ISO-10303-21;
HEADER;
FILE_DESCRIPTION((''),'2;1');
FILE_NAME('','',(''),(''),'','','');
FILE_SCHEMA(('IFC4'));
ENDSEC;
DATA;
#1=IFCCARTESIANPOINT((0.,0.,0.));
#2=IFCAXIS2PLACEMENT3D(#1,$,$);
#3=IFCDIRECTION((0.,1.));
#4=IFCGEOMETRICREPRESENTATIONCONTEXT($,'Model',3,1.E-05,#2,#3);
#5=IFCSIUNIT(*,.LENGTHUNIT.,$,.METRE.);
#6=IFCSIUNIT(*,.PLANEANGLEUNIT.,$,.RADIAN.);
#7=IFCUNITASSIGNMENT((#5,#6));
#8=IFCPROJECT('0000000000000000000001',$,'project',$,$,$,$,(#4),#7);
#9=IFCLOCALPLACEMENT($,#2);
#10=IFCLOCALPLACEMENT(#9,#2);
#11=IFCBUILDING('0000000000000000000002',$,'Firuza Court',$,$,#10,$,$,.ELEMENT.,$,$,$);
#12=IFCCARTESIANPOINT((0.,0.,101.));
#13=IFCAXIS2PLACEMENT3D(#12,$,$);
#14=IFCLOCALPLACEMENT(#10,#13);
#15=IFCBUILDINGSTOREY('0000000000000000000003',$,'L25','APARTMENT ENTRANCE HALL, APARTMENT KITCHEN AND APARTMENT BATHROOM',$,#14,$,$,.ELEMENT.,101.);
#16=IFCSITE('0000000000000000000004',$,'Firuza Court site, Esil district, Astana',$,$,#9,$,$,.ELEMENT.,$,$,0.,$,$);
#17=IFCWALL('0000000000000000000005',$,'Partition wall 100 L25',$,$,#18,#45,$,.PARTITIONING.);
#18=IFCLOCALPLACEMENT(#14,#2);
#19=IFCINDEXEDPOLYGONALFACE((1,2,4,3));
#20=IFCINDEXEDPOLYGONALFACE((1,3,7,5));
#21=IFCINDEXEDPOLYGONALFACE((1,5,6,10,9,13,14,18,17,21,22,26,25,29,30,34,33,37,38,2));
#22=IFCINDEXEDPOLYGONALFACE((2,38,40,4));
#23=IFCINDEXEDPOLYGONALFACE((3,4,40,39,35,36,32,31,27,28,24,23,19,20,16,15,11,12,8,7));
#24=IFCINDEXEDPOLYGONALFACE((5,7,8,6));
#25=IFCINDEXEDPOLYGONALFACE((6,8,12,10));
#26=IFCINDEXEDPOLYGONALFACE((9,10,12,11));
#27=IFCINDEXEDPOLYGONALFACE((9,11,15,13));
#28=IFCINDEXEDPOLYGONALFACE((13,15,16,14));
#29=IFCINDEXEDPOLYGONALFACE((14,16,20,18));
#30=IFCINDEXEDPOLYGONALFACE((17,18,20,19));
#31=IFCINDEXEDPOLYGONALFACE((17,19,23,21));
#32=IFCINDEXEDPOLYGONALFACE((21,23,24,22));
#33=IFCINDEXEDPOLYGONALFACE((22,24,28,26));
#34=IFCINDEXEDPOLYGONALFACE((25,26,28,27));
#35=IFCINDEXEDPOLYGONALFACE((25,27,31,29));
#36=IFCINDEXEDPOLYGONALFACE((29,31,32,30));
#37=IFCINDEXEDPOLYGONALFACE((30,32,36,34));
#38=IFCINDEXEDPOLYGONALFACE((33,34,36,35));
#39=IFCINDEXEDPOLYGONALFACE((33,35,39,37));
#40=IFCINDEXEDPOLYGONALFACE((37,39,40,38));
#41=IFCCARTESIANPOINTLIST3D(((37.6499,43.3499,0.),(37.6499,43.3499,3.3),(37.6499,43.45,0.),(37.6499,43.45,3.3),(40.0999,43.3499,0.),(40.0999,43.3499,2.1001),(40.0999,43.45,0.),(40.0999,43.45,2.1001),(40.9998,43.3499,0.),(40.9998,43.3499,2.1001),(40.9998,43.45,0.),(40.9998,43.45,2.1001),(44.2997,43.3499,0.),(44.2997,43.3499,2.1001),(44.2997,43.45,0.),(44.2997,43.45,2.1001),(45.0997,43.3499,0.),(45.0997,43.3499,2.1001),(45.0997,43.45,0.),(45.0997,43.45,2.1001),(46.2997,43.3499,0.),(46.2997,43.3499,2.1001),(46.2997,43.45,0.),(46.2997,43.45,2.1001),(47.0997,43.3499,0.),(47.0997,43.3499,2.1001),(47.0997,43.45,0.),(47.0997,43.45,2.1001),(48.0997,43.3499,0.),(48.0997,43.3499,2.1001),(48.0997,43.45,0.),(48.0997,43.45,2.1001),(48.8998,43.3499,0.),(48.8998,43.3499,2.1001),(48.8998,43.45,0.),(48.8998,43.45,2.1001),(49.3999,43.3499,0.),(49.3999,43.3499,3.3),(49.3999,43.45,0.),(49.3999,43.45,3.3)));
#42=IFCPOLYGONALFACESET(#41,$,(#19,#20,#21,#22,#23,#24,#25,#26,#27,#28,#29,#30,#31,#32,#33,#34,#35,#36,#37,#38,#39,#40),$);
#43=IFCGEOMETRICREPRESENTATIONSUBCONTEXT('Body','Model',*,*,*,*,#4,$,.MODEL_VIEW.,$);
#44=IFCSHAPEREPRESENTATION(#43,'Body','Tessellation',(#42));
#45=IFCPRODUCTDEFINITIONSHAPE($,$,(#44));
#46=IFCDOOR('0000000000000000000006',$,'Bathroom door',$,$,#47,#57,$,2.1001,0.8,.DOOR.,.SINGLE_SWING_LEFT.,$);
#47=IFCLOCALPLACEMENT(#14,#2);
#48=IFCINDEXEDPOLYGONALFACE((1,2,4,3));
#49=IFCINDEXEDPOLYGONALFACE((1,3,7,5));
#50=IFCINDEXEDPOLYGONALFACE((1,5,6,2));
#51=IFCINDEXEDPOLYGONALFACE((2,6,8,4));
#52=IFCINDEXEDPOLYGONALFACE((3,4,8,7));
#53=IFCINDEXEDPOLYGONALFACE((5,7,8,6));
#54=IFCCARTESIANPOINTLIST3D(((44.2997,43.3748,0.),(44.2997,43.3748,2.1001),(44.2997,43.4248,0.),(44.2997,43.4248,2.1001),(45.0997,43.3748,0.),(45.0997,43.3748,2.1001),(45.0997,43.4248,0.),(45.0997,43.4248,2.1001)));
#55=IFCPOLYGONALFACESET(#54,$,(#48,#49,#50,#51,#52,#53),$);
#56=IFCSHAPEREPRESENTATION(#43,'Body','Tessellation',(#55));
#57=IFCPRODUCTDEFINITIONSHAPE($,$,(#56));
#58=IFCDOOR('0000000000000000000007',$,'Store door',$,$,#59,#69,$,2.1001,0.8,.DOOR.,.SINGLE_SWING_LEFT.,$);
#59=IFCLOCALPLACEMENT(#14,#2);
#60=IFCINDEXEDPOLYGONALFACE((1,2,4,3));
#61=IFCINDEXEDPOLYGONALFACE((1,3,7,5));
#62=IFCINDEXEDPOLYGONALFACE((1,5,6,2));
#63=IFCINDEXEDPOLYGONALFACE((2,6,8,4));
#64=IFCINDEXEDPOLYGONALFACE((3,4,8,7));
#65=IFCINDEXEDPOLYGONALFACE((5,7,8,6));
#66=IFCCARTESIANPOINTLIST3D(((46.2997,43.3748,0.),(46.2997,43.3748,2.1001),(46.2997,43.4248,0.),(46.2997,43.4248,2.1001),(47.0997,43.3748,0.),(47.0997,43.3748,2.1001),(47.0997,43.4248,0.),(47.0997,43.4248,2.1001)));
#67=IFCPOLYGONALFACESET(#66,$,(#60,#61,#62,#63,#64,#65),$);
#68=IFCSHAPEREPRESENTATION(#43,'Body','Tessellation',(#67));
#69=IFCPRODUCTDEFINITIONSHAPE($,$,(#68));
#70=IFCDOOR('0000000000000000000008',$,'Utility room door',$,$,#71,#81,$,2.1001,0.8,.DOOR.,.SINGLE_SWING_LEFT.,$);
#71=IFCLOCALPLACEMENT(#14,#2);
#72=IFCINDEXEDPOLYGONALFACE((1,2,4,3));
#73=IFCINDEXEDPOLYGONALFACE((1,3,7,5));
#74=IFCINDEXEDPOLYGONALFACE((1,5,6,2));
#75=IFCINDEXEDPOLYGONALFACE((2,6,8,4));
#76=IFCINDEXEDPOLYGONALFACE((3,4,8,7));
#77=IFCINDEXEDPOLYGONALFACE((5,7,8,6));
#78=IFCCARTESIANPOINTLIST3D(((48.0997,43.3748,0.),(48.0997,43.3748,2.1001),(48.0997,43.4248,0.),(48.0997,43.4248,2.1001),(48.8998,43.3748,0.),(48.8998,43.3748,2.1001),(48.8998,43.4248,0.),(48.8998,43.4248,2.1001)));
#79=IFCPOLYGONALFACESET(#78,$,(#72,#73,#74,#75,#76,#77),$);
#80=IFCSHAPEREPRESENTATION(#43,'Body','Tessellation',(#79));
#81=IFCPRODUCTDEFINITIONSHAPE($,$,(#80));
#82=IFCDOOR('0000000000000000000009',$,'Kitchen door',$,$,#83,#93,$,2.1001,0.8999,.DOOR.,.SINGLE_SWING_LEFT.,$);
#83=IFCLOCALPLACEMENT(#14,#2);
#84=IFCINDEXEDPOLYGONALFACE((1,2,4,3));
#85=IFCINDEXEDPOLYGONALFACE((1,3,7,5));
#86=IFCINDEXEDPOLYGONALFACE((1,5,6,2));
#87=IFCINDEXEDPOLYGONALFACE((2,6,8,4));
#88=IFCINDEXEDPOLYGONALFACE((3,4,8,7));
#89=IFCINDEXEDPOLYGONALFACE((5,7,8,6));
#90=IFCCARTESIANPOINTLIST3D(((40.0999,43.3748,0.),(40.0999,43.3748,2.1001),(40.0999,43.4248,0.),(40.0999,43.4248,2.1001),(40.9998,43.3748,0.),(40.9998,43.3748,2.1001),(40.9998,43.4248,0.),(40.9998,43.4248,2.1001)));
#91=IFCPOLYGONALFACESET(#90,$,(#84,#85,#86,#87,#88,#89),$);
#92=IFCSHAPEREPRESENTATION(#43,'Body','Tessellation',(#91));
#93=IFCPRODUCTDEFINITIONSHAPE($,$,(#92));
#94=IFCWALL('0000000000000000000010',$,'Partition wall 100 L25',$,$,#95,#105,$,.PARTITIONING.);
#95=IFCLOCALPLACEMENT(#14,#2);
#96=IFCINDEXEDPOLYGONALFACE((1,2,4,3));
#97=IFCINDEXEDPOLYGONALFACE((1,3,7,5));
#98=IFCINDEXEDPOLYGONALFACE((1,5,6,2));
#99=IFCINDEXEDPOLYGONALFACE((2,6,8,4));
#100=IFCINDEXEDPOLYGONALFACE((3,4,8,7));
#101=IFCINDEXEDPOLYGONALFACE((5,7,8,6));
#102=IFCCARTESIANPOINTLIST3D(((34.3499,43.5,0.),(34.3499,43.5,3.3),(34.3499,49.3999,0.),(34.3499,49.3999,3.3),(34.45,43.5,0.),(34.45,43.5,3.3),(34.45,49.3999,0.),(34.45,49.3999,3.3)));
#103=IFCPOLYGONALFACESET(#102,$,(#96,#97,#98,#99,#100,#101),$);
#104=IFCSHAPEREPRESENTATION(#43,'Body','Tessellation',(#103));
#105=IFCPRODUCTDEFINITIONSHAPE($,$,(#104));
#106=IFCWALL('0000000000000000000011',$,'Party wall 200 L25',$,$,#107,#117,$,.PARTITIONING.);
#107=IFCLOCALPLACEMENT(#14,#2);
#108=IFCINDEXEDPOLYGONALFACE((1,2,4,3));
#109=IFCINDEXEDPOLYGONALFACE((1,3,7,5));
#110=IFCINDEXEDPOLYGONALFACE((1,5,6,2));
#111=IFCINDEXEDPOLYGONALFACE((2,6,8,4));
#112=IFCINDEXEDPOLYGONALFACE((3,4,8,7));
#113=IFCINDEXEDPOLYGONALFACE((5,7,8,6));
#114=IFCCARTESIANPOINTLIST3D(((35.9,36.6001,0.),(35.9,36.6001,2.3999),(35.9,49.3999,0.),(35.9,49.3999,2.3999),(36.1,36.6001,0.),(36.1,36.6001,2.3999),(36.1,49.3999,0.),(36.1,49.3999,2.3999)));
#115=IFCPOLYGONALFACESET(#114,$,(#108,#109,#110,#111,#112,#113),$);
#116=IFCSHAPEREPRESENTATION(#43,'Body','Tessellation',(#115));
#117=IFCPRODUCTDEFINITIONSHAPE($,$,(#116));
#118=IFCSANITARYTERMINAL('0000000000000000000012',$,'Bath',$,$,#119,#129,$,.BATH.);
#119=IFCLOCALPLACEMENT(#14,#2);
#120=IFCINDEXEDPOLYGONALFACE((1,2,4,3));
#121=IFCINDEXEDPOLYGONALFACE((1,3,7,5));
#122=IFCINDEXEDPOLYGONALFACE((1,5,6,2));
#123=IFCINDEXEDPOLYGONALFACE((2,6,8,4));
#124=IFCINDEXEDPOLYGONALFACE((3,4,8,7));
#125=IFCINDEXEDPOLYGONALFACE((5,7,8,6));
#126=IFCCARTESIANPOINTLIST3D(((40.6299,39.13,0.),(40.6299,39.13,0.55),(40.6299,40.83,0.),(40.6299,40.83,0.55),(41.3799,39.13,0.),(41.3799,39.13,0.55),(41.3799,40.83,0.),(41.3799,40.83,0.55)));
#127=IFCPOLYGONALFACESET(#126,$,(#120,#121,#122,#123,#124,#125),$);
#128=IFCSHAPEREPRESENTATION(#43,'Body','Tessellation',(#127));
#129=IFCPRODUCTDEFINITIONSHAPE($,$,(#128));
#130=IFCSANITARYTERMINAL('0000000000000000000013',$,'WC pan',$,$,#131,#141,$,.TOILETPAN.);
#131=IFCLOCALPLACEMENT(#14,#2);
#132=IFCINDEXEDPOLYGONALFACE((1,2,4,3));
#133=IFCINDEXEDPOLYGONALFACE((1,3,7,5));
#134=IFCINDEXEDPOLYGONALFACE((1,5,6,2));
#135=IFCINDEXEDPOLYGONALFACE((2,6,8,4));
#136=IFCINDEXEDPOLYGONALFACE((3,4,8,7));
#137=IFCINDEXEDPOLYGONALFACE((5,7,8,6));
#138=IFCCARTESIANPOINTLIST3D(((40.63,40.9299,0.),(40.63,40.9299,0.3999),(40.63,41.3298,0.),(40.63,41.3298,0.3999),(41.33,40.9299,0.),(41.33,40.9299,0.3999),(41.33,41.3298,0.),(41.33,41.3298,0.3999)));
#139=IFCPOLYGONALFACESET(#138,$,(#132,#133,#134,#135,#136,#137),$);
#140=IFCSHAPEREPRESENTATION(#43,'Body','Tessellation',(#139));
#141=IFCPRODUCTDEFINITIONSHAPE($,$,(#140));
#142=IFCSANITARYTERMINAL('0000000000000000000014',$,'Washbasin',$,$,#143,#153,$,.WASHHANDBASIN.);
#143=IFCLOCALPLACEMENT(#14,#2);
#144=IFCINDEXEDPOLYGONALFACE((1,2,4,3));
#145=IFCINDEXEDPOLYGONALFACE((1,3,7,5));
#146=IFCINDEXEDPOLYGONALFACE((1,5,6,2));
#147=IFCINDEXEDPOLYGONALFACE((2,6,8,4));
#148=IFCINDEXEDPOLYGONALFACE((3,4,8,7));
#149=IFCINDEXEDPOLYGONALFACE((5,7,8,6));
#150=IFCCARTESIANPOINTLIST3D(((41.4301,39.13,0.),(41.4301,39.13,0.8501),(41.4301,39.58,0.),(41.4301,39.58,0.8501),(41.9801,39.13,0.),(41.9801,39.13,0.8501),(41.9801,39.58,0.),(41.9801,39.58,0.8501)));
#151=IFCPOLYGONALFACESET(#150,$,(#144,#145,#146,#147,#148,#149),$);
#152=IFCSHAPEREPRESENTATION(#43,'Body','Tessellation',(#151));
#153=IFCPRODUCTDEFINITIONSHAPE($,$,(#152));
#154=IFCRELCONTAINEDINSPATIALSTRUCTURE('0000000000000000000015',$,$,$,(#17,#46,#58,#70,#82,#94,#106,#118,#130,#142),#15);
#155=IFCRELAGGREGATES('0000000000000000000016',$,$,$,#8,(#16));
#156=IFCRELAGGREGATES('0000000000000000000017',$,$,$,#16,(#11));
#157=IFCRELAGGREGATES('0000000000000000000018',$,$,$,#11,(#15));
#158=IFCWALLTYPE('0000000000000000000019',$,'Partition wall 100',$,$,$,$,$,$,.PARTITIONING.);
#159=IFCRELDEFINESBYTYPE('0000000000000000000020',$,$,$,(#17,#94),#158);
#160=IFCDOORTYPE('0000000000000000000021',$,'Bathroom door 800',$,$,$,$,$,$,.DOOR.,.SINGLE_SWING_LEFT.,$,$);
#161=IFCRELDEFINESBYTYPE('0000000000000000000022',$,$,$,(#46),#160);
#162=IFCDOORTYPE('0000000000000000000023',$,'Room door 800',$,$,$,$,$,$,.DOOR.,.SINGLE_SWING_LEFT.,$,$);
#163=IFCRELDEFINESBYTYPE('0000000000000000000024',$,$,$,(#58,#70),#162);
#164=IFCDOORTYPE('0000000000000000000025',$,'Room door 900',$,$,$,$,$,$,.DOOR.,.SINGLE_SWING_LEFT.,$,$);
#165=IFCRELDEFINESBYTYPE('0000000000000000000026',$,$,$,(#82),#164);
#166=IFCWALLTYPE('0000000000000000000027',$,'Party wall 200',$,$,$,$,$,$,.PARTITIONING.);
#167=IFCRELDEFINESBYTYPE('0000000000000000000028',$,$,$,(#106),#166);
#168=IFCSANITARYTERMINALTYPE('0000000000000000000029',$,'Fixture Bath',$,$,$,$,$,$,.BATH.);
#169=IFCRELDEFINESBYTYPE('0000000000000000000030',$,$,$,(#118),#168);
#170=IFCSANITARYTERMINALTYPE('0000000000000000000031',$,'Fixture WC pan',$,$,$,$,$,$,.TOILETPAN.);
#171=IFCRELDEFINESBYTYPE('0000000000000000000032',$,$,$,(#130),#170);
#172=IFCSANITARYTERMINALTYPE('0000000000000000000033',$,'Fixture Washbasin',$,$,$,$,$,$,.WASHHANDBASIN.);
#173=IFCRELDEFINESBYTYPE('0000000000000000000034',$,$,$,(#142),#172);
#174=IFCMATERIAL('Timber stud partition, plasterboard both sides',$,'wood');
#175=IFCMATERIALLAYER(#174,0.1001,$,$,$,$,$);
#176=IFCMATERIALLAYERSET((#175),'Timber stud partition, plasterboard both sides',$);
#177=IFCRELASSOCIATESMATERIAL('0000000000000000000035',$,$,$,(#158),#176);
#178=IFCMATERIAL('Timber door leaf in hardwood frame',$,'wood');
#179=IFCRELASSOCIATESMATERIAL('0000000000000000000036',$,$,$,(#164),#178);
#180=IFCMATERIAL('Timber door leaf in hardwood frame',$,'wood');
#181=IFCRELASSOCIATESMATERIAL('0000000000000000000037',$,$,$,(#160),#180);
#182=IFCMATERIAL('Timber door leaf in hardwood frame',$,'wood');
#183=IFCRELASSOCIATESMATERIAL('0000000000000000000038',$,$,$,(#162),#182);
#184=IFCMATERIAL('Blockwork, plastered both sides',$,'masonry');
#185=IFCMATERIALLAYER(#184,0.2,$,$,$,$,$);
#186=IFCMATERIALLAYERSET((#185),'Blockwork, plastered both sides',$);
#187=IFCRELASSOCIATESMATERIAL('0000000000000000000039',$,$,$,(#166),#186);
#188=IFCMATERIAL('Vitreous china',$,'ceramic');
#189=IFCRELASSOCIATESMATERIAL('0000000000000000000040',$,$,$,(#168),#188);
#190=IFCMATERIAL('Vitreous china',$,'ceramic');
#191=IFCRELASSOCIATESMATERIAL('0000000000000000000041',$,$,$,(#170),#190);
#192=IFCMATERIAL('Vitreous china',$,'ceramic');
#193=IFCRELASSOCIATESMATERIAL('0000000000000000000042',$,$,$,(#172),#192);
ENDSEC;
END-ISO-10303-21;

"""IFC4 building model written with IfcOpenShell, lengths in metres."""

from ifc_helpers import new_model, si_unit, direction, frame, frame_2d, origin, origin_2d, place, context, subcontext, project, spatial, rectangle, extrude, material, layer, layer_set, type_object, element, fill, save


model = new_model("IFC4")

# Units and contexts
model_context = context("Model", 3, precision=1e-05, world=origin(), true_north=direction((0.0, 1.0)))
body_context = subcontext(model_context, "Body", "Model", "MODEL_VIEW")
ifc_project = project(units=[si_unit("LENGTHUNIT", "METRE"), si_unit("PLANEANGLEUNIT", "RADIAN")], contexts=[model_context])

# Site, building, storey
site_placement = place(None, origin())
site = spatial("IfcSite", under=ifc_project, at=site_placement, Name="Firuza Court site, Esil district, Astana", CompositionType="ELEMENT", RefElevation=0.0)
building_placement = place(site_placement, origin())
building = spatial("IfcBuilding", under=site, at=building_placement, Name="Firuza Court", CompositionType="ELEMENT")
storey_placement = place(building_placement, frame((0.0, 0.0, 101.0)))
storey = spatial("IfcBuildingStorey", under=building, at=storey_placement, Name="L25", Description="APARTMENT ENTRANCE HALL, APARTMENT KITCHEN AND APARTMENT BATHROOM", CompositionType="ELEMENT", Elevation=101.0)

# Shared definitions
ifc_material_1 = material(Name="Timber stud partition, plasterboard both sides", Category="wood")
ifc_layer_1 = layer(ifc_material_1, 0.1001)
ifc_layer_set_1 = layer_set([ifc_layer_1], Name="Timber stud partition, plasterboard both sides")
wall_type_1 = type_object("IfcWallType", Name="Partition wall 100", PredefinedType="PARTITIONING", material=ifc_layer_set_1)

# Shared definitions
ifc_material_2 = material(Name="Timber door leaf in hardwood frame", Category="wood")
door_type_1 = type_object("IfcDoorType", Name="Room door 900", OperationType="SINGLE_SWING_LEFT", PredefinedType="DOOR", material=ifc_material_2)

# Wall, openings, doors
wall_1_placement = place(storey_placement, frame((37.6499, 43.3999, 0.0), z_axis=(0.0, 0.0, 1.0), x_axis=(1.0, 0.0, 0.0)))
wall_1 = element("IfcWall", 1, at=wall_1_placement, inside=storey, type_object=wall_type_1, Name="Partition wall 100 L25", PredefinedType="PARTITIONING", context=body_context, shape_type="SweptSolid", body=[
    extrude(rectangle(XDim=11.75, YDim=0.1001, at=frame_2d((5.875, 0.0))), origin(), (0.0, 0.0, 1.0), 3.3),
])
opening_1_placement = place(wall_1_placement, frame((6.6499, 0.0, 0.0)))
opening_1 = element("IfcOpeningElement", 2, at=opening_1_placement, cuts=wall_1, PredefinedType="OPENING", context=body_context, shape_type="SweptSolid", body=[
    extrude(rectangle(XDim=0.8, YDim=2.1001, at=frame_2d((0.3999, 1.05))), frame((0.0, 0.062, 0.0), z_axis=(0.0, -1.0, 0.0), x_axis=(1.0, 0.0, 0.0)), (0.0, 0.0, 1.0), 0.124),
])
opening_2_placement = place(wall_1_placement, frame((2.45, 0.0, 0.0)))
opening_2 = element("IfcOpeningElement", 3, at=opening_2_placement, cuts=wall_1, PredefinedType="OPENING", context=body_context, shape_type="SweptSolid", body=[
    extrude(rectangle(XDim=0.8999, YDim=2.1001, at=frame_2d((0.45, 1.05))), frame((0.0, 0.062, 0.0), z_axis=(0.0, -1.0, 0.0), x_axis=(1.0, 0.0, 0.0)), (0.0, 0.0, 1.0), 0.124),
])
opening_3_placement = place(wall_1_placement, frame((8.6499, 0.0, 0.0)))
opening_3 = element("IfcOpeningElement", 4, at=opening_3_placement, cuts=wall_1, PredefinedType="OPENING", context=body_context, shape_type="SweptSolid", body=[
    extrude(rectangle(XDim=0.8, YDim=2.1001, at=frame_2d((0.3999, 1.05))), frame((0.0, 0.062, 0.0), z_axis=(0.0, -1.0, 0.0), x_axis=(1.0, 0.0, 0.0)), (0.0, 0.0, 1.0), 0.124),
])
opening_4_placement = place(wall_1_placement, frame((10.45, 0.0, 0.0)))
opening_4 = element("IfcOpeningElement", 5, at=opening_4_placement, cuts=wall_1, PredefinedType="OPENING", context=body_context, shape_type="SweptSolid", body=[
    extrude(rectangle(XDim=0.8, YDim=2.1001, at=frame_2d((0.3999, 1.05))), frame((0.0, 0.062, 0.0), z_axis=(0.0, -1.0, 0.0), x_axis=(1.0, 0.0, 0.0)), (0.0, 0.0, 1.0), 0.124),
])
ifc_material_3 = material(Name="Timber door leaf in hardwood frame", Category="wood")
door_type_2 = type_object("IfcDoorType", Name="Bathroom door 800", OperationType="SINGLE_SWING_LEFT", PredefinedType="DOOR", material=ifc_material_3)
door_1_placement = place(opening_1_placement, origin())
door_1 = element("IfcDoor", 6, at=door_1_placement, inside=storey, type_object=door_type_2, Name="Bathroom door", OperationType="SINGLE_SWING_LEFT", OverallHeight=2.1001, OverallWidth=0.8, PredefinedType="DOOR", context=body_context, shape_type="SweptSolid", body=[
    extrude(rectangle(XDim=0.8, YDim=2.1001, at=frame_2d((0.3999, 1.05))), frame((0.0, 0.0249, 0.0), z_axis=(0.0, -1.0, 0.0), x_axis=(1.0, 0.0, 0.0)), (0.0, 0.0, 1.0), 0.05),
])
fill(opening_1, door_1)
ifc_material_4 = material(Name="Timber door leaf in hardwood frame", Category="wood")
door_type_3 = type_object("IfcDoorType", Name="Room door 800", OperationType="SINGLE_SWING_LEFT", PredefinedType="DOOR", material=ifc_material_4)
door_2_placement = place(opening_3_placement, origin())
door_2 = element("IfcDoor", 7, at=door_2_placement, inside=storey, type_object=door_type_3, Name="Store door", OperationType="SINGLE_SWING_LEFT", OverallHeight=2.1001, OverallWidth=0.8, PredefinedType="DOOR", context=body_context, shape_type="SweptSolid", body=[
    extrude(rectangle(XDim=0.8, YDim=2.1001, at=frame_2d((0.3999, 1.05))), frame((0.0, 0.0249, 0.0), z_axis=(0.0, -1.0, 0.0), x_axis=(1.0, 0.0, 0.0)), (0.0, 0.0, 1.0), 0.05),
])
fill(opening_3, door_2)
door_3_placement = place(opening_4_placement, origin())
door_3 = element("IfcDoor", 8, at=door_3_placement, inside=storey, type_object=door_type_3, Name="Utility room door", OperationType="SINGLE_SWING_LEFT", OverallHeight=2.1001, OverallWidth=0.8, PredefinedType="DOOR", context=body_context, shape_type="SweptSolid", body=[
    extrude(rectangle(XDim=0.8, YDim=2.1001, at=frame_2d((0.3999, 1.05))), frame((0.0, 0.0249, 0.0), z_axis=(0.0, -1.0, 0.0), x_axis=(1.0, 0.0, 0.0)), (0.0, 0.0, 1.0), 0.05),
])
fill(opening_4, door_3)
door_4_placement = place(opening_2_placement, origin())
door_4 = element("IfcDoor", 9, at=door_4_placement, inside=storey, type_object=door_type_1, Name="Kitchen door", OperationType="SINGLE_SWING_LEFT", OverallHeight=2.1001, OverallWidth=0.8999, PredefinedType="DOOR", context=body_context, shape_type="SweptSolid", body=[
    extrude(rectangle(XDim=0.8999, YDim=2.1001, at=frame_2d((0.45, 1.05))), frame((0.0, 0.0249, 0.0), z_axis=(0.0, -1.0, 0.0), x_axis=(1.0, 0.0, 0.0)), (0.0, 0.0, 1.0), 0.05),
])
fill(opening_2, door_4)

# Walls
wall_2_placement = place(storey_placement, frame((34.3999, 43.5, 0.0), z_axis=(0.0, 0.0, 1.0), x_axis=(0.0, 1.0, 0.0)))
element("IfcWall", 10, at=wall_2_placement, inside=storey, type_object=wall_type_1, Name="Partition wall 100 L25", PredefinedType="PARTITIONING", context=body_context, shape_type="SweptSolid", body=[
    extrude(rectangle(XDim=5.8999, YDim=0.1001, at=frame_2d((2.95, 0.0))), origin(), (0.0, 0.0, 1.0), 3.3),
])
ifc_material_5 = material(Name="Blockwork, plastered both sides", Category="masonry")
ifc_layer_2 = layer(ifc_material_5, 0.2)
ifc_layer_set_2 = layer_set([ifc_layer_2], Name="Blockwork, plastered both sides")
wall_type_2 = type_object("IfcWallType", Name="Party wall 200", PredefinedType="PARTITIONING", material=ifc_layer_set_2)
wall_3_placement = place(storey_placement, frame((36.0, 36.6001, 0.0), z_axis=(0.0, 0.0, 1.0), x_axis=(0.0, 1.0, 0.0)))
element("IfcWall", 11, at=wall_3_placement, inside=storey, type_object=wall_type_2, Name="Party wall 200 L25", PredefinedType="PARTITIONING", context=body_context, shape_type="SweptSolid", body=[
    extrude(rectangle(XDim=12.7998, YDim=0.2, at=frame_2d((6.3999, 0.0))), origin(), (0.0, 0.0, 1.0), 2.3999),
])

# Sanitary terminals
ifc_material_6 = material(Name="Vitreous china", Category="ceramic")
sanitary_terminal_type_1 = type_object("IfcSanitaryTerminalType", Name="Fixture Bath", PredefinedType="BATH", material=ifc_material_6)
sanitary_terminal_1_placement = place(storey_placement, frame((41.0049, 39.98, 0.0), z_axis=(0.0, 0.0, 1.0), x_axis=(1.0, 0.0, 0.0)))
element("IfcSanitaryTerminal", 12, at=sanitary_terminal_1_placement, inside=storey, type_object=sanitary_terminal_type_1, Name="Bath", PredefinedType="BATH", context=body_context, shape_type="SweptSolid", body=[
    extrude(rectangle(XDim=0.75, YDim=1.7, at=origin_2d()), origin(), (0.0, 0.0, 1.0), 0.55),
])
ifc_material_7 = material(Name="Vitreous china", Category="ceramic")
sanitary_terminal_type_2 = type_object("IfcSanitaryTerminalType", Name="Fixture WC pan", PredefinedType="TOILETPAN", material=ifc_material_7)
sanitary_terminal_2_placement = place(storey_placement, frame((40.98, 41.1299, 0.0), z_axis=(0.0, 0.0, 1.0), x_axis=(1.0, 0.0, 0.0)))
element("IfcSanitaryTerminal", 13, at=sanitary_terminal_2_placement, inside=storey, type_object=sanitary_terminal_type_2, Name="WC pan", PredefinedType="TOILETPAN", context=body_context, shape_type="SweptSolid", body=[
    extrude(rectangle(XDim=0.7, YDim=0.3999, at=origin_2d()), origin(), (0.0, 0.0, 1.0), 0.3999),
])
ifc_material_8 = material(Name="Vitreous china", Category="ceramic")
sanitary_terminal_type_3 = type_object("IfcSanitaryTerminalType", Name="Fixture Washbasin", PredefinedType="WASHHANDBASIN", material=ifc_material_8)
sanitary_terminal_3_placement = place(storey_placement, frame((41.7051, 39.355, 0.0), z_axis=(0.0, 0.0, 1.0), x_axis=(1.0, 0.0, 0.0)))
element("IfcSanitaryTerminal", 14, at=sanitary_terminal_3_placement, inside=storey, type_object=sanitary_terminal_type_3, Name="Washbasin", PredefinedType="WASHHANDBASIN", context=body_context, shape_type="SweptSolid", body=[
    extrude(rectangle(XDim=0.55, YDim=0.45, at=origin_2d()), origin(), (0.0, 0.0, 1.0), 0.8501),
])

save(model, "model.ifc")
